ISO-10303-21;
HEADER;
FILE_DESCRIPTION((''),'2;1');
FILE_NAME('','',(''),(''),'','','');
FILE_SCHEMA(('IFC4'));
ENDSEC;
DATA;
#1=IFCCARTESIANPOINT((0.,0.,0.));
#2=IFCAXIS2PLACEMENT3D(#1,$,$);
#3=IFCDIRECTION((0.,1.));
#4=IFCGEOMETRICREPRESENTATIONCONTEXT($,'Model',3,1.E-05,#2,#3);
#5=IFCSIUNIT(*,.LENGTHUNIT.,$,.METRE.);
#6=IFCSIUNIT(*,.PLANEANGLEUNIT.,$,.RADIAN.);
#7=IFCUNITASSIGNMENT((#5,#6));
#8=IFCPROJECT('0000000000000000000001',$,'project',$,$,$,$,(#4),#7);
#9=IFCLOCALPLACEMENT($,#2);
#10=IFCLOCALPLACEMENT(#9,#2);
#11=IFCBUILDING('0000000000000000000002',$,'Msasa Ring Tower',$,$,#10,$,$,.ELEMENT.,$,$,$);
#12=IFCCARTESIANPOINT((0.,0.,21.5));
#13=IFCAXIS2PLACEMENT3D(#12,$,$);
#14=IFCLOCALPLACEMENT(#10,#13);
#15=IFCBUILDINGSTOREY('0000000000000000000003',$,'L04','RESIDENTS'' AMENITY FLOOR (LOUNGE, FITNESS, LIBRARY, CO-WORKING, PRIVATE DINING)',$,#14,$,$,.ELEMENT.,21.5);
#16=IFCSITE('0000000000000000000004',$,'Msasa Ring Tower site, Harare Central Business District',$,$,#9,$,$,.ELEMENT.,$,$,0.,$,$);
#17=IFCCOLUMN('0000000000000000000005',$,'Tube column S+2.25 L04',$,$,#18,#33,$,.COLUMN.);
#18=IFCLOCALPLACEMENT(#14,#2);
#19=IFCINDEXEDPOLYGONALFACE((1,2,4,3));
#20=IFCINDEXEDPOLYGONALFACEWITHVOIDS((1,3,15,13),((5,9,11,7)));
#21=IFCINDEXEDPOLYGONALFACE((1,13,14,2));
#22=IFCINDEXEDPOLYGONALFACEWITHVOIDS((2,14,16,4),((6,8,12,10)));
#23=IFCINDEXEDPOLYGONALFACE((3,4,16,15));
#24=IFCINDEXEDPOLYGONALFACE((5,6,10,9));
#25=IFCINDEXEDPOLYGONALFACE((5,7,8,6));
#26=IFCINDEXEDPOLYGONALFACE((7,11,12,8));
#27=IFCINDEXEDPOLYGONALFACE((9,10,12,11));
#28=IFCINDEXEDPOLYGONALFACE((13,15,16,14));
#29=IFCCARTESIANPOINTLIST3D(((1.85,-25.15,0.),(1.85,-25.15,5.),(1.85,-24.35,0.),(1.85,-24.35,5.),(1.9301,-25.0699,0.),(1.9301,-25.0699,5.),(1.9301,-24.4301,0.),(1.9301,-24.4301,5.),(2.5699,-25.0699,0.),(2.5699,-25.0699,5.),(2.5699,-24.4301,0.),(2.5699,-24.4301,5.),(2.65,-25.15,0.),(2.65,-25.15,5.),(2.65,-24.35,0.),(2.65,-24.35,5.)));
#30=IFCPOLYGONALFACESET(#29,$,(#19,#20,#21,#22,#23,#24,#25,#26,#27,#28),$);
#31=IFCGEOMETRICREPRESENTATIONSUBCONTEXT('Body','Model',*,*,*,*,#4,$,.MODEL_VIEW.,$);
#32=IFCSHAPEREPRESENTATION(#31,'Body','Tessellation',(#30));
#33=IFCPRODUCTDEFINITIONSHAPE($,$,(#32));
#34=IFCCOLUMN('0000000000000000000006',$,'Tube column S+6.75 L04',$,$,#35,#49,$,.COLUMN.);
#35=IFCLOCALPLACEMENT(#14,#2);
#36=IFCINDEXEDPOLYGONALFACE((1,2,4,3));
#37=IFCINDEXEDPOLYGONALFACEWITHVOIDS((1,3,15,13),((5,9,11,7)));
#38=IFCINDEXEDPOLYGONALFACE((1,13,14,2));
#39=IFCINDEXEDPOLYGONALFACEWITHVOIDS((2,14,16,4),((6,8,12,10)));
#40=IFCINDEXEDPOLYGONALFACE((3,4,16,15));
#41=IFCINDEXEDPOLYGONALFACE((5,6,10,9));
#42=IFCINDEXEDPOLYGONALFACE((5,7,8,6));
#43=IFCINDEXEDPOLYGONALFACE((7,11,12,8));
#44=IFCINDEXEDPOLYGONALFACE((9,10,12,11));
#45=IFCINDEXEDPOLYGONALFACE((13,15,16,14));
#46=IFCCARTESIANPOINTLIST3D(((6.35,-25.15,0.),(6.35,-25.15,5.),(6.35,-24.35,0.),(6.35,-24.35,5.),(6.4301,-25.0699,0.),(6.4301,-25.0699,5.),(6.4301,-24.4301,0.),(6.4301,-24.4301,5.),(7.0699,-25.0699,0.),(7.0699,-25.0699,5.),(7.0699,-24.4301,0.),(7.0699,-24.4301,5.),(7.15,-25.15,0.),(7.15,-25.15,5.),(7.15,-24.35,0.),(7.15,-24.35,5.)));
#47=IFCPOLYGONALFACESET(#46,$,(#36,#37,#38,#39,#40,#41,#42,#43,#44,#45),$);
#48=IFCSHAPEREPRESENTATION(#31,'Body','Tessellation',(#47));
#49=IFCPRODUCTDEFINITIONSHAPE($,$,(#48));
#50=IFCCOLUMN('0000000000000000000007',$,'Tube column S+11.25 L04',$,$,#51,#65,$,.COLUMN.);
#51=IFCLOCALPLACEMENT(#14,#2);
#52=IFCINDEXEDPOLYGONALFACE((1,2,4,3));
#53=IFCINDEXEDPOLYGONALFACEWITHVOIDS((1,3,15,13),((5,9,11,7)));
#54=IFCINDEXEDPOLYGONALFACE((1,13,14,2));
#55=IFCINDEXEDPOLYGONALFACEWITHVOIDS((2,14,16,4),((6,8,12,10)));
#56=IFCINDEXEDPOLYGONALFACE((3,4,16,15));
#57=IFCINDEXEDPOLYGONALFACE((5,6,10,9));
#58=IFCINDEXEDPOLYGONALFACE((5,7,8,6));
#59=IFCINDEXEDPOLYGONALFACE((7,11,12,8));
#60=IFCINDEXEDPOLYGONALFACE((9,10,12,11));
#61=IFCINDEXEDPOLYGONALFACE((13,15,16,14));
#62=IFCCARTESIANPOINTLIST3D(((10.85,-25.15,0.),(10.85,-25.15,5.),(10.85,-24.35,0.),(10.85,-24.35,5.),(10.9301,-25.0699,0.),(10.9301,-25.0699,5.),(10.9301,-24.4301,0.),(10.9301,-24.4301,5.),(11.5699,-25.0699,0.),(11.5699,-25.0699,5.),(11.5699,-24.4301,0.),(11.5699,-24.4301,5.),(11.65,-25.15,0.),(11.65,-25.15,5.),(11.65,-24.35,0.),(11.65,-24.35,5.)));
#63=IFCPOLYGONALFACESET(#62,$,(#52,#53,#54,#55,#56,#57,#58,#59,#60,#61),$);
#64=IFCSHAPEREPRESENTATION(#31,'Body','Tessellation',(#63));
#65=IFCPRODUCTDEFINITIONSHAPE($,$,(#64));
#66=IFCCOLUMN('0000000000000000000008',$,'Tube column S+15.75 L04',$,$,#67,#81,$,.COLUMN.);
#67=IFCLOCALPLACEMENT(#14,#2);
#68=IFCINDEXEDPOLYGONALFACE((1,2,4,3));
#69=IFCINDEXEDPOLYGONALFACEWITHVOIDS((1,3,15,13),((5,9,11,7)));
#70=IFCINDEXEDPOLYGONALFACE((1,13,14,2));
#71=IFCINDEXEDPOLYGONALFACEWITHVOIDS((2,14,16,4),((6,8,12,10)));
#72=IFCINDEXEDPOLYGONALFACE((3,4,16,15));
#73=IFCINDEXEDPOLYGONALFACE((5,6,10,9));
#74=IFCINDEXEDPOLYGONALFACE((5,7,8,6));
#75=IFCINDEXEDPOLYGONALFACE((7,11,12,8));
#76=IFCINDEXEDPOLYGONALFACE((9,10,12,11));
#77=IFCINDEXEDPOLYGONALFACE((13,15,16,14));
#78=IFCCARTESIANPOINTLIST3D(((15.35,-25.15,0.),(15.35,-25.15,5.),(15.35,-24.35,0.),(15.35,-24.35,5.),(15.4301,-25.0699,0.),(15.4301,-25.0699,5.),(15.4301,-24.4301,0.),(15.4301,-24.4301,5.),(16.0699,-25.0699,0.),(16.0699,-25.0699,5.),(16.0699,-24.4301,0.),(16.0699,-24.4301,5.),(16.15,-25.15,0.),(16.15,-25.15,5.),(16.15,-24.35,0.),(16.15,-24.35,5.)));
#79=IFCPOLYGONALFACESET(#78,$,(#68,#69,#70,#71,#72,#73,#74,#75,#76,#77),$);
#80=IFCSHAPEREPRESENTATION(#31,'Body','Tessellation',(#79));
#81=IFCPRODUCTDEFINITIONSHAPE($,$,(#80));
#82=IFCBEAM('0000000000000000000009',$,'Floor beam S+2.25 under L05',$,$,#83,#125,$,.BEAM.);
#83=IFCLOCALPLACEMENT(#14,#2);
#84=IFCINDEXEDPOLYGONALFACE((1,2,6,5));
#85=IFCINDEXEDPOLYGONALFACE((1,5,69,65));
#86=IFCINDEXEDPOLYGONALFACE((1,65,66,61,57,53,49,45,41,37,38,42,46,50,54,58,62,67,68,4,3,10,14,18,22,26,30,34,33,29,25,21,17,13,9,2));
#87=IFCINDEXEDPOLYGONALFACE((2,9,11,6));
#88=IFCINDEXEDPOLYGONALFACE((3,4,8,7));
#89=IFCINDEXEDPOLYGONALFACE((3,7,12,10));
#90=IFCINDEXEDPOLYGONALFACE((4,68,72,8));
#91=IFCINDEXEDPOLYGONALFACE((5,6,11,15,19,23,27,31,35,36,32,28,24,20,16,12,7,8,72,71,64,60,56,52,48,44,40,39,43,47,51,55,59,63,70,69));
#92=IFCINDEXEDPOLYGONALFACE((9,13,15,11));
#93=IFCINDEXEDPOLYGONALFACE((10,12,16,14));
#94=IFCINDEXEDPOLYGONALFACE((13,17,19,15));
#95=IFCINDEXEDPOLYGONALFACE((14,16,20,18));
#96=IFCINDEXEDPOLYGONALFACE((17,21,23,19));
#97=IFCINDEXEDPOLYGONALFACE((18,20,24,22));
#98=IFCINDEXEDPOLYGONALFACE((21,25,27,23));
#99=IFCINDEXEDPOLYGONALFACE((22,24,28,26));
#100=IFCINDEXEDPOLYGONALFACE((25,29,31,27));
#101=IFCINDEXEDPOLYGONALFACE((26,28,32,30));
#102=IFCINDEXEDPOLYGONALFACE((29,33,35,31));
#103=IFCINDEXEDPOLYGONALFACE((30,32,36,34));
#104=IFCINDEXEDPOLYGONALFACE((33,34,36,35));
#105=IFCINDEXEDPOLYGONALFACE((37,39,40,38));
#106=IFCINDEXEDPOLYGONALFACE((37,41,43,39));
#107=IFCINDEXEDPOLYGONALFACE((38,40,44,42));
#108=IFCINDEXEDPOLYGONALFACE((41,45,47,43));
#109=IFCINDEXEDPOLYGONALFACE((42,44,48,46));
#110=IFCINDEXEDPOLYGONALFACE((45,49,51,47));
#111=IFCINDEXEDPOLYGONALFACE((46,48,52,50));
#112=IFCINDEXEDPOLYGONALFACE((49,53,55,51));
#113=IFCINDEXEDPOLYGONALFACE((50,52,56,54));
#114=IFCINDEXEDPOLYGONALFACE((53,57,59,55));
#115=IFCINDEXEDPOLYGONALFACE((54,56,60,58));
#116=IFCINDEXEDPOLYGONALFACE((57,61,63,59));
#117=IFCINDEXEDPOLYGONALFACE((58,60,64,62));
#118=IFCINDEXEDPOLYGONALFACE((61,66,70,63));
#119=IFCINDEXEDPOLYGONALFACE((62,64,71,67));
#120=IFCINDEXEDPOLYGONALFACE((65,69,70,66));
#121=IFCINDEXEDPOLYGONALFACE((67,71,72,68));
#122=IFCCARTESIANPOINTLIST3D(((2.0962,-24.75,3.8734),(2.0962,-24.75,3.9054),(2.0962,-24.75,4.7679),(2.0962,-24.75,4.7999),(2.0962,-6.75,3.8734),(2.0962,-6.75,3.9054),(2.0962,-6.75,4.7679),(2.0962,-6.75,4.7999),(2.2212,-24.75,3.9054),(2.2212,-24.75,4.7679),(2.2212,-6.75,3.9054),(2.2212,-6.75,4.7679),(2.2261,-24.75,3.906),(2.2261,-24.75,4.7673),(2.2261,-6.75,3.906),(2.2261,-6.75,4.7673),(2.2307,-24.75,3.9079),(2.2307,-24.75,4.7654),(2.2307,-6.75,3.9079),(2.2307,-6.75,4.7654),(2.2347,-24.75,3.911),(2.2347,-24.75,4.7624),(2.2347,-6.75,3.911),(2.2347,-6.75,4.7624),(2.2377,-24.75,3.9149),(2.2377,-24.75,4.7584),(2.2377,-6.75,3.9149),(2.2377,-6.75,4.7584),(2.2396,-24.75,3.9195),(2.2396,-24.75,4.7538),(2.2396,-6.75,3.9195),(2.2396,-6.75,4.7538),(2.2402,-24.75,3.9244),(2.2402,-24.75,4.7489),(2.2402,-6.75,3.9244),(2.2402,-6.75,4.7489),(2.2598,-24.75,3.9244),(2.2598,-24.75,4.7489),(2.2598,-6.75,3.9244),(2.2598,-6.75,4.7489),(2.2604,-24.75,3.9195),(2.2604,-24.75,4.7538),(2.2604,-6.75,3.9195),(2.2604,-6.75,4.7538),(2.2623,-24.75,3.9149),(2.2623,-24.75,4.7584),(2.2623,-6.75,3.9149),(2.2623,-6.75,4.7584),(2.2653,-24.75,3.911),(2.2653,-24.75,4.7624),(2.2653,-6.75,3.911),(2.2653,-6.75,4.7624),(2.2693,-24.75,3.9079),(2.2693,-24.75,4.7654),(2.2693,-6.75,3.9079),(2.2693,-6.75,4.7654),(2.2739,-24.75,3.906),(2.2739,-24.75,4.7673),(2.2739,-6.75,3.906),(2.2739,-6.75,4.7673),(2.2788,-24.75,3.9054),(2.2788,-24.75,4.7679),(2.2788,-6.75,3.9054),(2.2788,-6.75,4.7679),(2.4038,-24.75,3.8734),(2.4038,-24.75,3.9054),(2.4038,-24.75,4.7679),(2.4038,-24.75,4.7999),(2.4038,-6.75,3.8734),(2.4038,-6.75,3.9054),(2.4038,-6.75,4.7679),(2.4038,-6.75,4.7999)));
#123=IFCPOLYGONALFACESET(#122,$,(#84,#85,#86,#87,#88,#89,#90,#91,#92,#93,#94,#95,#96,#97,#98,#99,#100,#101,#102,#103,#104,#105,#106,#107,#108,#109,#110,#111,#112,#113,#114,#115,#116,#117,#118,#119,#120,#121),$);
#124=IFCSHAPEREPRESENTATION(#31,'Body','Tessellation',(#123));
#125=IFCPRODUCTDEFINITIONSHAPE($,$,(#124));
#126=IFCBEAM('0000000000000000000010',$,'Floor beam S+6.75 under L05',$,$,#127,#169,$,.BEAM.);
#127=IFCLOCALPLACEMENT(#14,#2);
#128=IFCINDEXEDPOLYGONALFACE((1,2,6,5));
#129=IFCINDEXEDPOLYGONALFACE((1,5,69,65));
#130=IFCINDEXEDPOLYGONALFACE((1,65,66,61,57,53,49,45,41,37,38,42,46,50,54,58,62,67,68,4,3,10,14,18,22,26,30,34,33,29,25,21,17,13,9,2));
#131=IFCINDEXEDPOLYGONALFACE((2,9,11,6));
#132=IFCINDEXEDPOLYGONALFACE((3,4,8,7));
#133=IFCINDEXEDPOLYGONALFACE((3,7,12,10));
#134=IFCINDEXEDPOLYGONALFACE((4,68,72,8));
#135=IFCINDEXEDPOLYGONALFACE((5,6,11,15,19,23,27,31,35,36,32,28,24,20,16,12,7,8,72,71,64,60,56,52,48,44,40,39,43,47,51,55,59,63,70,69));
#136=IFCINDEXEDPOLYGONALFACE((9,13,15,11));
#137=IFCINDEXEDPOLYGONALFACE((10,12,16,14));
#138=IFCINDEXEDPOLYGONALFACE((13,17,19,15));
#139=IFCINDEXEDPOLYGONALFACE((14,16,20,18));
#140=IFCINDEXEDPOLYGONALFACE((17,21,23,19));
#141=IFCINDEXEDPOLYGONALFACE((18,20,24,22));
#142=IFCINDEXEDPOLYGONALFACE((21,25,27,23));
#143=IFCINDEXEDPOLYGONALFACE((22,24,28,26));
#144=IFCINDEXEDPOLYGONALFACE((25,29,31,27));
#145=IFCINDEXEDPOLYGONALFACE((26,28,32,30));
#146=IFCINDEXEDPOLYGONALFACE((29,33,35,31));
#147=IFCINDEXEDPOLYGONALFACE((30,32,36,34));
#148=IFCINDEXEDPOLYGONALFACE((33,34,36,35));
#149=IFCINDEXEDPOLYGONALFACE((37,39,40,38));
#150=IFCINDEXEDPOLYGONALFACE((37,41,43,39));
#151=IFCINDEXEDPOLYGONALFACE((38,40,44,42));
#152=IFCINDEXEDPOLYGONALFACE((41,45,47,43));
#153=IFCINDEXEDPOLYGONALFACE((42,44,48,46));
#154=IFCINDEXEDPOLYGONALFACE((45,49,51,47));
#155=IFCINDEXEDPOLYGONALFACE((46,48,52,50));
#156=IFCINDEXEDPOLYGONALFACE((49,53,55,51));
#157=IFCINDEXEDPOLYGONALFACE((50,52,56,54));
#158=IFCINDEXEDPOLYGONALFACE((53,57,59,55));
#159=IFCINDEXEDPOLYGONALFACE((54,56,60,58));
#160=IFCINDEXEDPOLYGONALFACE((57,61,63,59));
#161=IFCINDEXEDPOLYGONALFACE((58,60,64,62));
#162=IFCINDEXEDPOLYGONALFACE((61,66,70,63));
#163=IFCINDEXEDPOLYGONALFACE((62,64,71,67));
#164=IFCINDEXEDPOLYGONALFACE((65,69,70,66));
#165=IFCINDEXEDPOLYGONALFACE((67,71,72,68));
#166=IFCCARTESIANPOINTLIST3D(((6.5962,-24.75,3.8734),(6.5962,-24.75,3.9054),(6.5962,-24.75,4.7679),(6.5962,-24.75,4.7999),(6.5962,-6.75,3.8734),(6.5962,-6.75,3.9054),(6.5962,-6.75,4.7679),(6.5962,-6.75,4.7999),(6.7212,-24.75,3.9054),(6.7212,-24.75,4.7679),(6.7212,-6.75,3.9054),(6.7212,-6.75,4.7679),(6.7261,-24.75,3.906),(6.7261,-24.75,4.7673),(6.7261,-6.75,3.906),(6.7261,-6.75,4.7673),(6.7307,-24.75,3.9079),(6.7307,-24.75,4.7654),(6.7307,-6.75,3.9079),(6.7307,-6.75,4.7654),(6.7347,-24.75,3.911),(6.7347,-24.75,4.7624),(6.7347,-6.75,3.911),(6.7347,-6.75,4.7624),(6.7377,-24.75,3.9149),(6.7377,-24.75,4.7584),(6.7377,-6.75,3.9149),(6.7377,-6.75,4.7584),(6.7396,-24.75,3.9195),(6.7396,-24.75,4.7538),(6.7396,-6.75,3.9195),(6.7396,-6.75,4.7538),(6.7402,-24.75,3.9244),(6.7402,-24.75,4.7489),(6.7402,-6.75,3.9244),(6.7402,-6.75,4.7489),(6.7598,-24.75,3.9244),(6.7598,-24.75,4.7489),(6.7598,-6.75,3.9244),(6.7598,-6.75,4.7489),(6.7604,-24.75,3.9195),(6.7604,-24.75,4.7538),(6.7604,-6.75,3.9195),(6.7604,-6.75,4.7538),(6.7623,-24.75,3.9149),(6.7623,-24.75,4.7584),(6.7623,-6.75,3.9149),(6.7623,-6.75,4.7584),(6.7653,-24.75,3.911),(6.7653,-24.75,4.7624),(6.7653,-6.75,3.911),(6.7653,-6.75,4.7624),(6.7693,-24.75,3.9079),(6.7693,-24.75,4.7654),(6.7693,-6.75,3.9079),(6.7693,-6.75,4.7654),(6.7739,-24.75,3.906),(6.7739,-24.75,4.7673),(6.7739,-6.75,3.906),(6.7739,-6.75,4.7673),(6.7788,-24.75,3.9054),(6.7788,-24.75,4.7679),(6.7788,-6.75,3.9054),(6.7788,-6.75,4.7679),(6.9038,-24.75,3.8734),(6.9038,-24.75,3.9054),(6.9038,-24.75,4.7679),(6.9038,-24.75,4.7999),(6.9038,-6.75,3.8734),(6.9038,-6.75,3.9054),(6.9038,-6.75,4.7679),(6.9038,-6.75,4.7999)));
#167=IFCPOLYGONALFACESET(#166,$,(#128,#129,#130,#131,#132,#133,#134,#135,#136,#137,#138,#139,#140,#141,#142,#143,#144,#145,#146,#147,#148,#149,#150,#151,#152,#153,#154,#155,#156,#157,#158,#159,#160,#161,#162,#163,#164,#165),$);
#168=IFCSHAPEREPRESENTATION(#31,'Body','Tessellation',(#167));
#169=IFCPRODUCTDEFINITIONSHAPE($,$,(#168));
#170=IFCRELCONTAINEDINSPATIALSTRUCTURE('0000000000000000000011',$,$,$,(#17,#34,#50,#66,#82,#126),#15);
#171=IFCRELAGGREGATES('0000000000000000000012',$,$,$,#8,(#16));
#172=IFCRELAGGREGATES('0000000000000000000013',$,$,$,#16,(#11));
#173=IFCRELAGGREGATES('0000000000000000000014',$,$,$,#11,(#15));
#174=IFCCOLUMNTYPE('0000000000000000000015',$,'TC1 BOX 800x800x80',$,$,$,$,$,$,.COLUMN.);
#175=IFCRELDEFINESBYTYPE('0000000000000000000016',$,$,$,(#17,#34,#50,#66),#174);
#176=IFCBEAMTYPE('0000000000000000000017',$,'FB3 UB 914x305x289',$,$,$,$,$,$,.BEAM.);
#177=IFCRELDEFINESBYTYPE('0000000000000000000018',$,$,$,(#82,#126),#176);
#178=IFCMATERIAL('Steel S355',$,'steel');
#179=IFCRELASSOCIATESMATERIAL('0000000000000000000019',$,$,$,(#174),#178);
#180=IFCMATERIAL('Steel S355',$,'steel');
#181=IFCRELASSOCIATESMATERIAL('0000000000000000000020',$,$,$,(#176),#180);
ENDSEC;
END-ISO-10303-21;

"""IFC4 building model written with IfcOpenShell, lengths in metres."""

from ifc_helpers import new_model, si_unit, direction, frame, origin, origin_2d, place, context, subcontext, project, spatial, hollow_rectangle, i_section, extrude, material, material_profile, profile_set, type_object, element, save


model = new_model("IFC4")

# Units and contexts
model_context = context("Model", 3, precision=1e-05, world=origin(), true_north=direction((0.0, 1.0)))
body_context = subcontext(model_context, "Body", "Model", "MODEL_VIEW")
ifc_project = project(units=[si_unit("LENGTHUNIT", "METRE"), si_unit("PLANEANGLEUNIT", "RADIAN")], contexts=[model_context])

# Site, building, storey
site_placement = place(None, origin())
site = spatial("IfcSite", under=ifc_project, at=site_placement, Name="Msasa Ring Tower site, Harare Central Business District", CompositionType="ELEMENT", RefElevation=0.0)
building_placement = place(site_placement, origin())
building = spatial("IfcBuilding", under=site, at=building_placement, Name="Msasa Ring Tower", CompositionType="ELEMENT")
storey_placement = place(building_placement, frame((0.0, 0.0, 21.5)))
storey = spatial("IfcBuildingStorey", under=building, at=storey_placement, Name="L04", Description="RESIDENTS' AMENITY FLOOR (LOUNGE, FITNESS, LIBRARY, CO-WORKING, PRIVATE DINING)", CompositionType="ELEMENT", Elevation=21.5)

# Columns
ifc_material_1 = material(Name="Steel S355", Category="steel")
ifc_material_profile_1 = material_profile(ifc_material_1, hollow_rectangle(XDim=0.8, YDim=0.8, WallThickness=0.0801, at=origin_2d()), Name="BOX 800x800x80")
ifc_profile_set_1 = profile_set([ifc_material_profile_1], Name="Steel S355")
column_type = type_object("IfcColumnType", Name="TC1 BOX 800x800x80", PredefinedType="COLUMN", material=ifc_profile_set_1)
for number, where, z_axis, x_axis, name in (
    (1, (2.25, -24.75, 0.0), (0.0, 0.0, 1.0), (0.0, 1.0, 0.0), "Tube column S+2.25 L04"),
    (2, (6.75, -24.75, 0.0), (0.0, 0.0, 1.0), (0.0, 1.0, 0.0), "Tube column S+6.75 L04"),
    (3, (11.25, -24.75, 0.0), (0.0, 0.0, 1.0), (0.0, 1.0, 0.0), "Tube column S+11.25 L04"),
    (4, (15.75, -24.75, 0.0), (0.0, 0.0, 1.0), (0.0, 1.0, 0.0), "Tube column S+15.75 L04"),
):
    element("IfcColumn", number, at=place(storey_placement, frame(where, z_axis=z_axis, x_axis=x_axis)), inside=storey, type_object=column_type, Name=name, PredefinedType="COLUMN", context=body_context, shape_type="SweptSolid", body=[
        extrude(hollow_rectangle(XDim=0.8, YDim=0.8, WallThickness=0.0801, at=origin_2d()), origin(), (0.0, 0.0, 1.0), 5.0),
    ])

# Beams
ifc_material_2 = material(Name="Steel S355", Category="steel")
ifc_material_profile_2 = material_profile(ifc_material_2, i_section(OverallWidth=0.3076, OverallDepth=0.9265, WebThickness=0.0195, FlangeThickness=0.032, FilletRadius=0.019, at=origin_2d()), Name="UB 914x305x289")
ifc_profile_set_2 = profile_set([ifc_material_profile_2], Name="Steel S355")
beam_type_1 = type_object("IfcBeamType", Name="FB3 UB 914x305x289", PredefinedType="BEAM", material=ifc_profile_set_2)
for number, where, z_axis, x_axis, name in (
    (5, (2.25, -24.75, 4.3367), (0.0, 1.0, 0.0), (-1.0, 0.0, 0.0), "Floor beam S+2.25 under L05"),
    (6, (6.75, -24.75, 4.3367), (0.0, 1.0, 0.0), (-1.0, 0.0, 0.0), "Floor beam S+6.75 under L05"),
):
    element("IfcBeam", number, at=place(storey_placement, frame(where, z_axis=z_axis, x_axis=x_axis)), inside=storey, type_object=beam_type_1, Name=name, PredefinedType="BEAM", context=body_context, shape_type="SweptSolid", body=[
        extrude(i_section(OverallWidth=0.3076, OverallDepth=0.9265, WebThickness=0.0195, FlangeThickness=0.032, FilletRadius=0.019, at=origin_2d()), origin(), (0.0, 0.0, 1.0), 18.0),
    ])

save(model, "model.ifc")
